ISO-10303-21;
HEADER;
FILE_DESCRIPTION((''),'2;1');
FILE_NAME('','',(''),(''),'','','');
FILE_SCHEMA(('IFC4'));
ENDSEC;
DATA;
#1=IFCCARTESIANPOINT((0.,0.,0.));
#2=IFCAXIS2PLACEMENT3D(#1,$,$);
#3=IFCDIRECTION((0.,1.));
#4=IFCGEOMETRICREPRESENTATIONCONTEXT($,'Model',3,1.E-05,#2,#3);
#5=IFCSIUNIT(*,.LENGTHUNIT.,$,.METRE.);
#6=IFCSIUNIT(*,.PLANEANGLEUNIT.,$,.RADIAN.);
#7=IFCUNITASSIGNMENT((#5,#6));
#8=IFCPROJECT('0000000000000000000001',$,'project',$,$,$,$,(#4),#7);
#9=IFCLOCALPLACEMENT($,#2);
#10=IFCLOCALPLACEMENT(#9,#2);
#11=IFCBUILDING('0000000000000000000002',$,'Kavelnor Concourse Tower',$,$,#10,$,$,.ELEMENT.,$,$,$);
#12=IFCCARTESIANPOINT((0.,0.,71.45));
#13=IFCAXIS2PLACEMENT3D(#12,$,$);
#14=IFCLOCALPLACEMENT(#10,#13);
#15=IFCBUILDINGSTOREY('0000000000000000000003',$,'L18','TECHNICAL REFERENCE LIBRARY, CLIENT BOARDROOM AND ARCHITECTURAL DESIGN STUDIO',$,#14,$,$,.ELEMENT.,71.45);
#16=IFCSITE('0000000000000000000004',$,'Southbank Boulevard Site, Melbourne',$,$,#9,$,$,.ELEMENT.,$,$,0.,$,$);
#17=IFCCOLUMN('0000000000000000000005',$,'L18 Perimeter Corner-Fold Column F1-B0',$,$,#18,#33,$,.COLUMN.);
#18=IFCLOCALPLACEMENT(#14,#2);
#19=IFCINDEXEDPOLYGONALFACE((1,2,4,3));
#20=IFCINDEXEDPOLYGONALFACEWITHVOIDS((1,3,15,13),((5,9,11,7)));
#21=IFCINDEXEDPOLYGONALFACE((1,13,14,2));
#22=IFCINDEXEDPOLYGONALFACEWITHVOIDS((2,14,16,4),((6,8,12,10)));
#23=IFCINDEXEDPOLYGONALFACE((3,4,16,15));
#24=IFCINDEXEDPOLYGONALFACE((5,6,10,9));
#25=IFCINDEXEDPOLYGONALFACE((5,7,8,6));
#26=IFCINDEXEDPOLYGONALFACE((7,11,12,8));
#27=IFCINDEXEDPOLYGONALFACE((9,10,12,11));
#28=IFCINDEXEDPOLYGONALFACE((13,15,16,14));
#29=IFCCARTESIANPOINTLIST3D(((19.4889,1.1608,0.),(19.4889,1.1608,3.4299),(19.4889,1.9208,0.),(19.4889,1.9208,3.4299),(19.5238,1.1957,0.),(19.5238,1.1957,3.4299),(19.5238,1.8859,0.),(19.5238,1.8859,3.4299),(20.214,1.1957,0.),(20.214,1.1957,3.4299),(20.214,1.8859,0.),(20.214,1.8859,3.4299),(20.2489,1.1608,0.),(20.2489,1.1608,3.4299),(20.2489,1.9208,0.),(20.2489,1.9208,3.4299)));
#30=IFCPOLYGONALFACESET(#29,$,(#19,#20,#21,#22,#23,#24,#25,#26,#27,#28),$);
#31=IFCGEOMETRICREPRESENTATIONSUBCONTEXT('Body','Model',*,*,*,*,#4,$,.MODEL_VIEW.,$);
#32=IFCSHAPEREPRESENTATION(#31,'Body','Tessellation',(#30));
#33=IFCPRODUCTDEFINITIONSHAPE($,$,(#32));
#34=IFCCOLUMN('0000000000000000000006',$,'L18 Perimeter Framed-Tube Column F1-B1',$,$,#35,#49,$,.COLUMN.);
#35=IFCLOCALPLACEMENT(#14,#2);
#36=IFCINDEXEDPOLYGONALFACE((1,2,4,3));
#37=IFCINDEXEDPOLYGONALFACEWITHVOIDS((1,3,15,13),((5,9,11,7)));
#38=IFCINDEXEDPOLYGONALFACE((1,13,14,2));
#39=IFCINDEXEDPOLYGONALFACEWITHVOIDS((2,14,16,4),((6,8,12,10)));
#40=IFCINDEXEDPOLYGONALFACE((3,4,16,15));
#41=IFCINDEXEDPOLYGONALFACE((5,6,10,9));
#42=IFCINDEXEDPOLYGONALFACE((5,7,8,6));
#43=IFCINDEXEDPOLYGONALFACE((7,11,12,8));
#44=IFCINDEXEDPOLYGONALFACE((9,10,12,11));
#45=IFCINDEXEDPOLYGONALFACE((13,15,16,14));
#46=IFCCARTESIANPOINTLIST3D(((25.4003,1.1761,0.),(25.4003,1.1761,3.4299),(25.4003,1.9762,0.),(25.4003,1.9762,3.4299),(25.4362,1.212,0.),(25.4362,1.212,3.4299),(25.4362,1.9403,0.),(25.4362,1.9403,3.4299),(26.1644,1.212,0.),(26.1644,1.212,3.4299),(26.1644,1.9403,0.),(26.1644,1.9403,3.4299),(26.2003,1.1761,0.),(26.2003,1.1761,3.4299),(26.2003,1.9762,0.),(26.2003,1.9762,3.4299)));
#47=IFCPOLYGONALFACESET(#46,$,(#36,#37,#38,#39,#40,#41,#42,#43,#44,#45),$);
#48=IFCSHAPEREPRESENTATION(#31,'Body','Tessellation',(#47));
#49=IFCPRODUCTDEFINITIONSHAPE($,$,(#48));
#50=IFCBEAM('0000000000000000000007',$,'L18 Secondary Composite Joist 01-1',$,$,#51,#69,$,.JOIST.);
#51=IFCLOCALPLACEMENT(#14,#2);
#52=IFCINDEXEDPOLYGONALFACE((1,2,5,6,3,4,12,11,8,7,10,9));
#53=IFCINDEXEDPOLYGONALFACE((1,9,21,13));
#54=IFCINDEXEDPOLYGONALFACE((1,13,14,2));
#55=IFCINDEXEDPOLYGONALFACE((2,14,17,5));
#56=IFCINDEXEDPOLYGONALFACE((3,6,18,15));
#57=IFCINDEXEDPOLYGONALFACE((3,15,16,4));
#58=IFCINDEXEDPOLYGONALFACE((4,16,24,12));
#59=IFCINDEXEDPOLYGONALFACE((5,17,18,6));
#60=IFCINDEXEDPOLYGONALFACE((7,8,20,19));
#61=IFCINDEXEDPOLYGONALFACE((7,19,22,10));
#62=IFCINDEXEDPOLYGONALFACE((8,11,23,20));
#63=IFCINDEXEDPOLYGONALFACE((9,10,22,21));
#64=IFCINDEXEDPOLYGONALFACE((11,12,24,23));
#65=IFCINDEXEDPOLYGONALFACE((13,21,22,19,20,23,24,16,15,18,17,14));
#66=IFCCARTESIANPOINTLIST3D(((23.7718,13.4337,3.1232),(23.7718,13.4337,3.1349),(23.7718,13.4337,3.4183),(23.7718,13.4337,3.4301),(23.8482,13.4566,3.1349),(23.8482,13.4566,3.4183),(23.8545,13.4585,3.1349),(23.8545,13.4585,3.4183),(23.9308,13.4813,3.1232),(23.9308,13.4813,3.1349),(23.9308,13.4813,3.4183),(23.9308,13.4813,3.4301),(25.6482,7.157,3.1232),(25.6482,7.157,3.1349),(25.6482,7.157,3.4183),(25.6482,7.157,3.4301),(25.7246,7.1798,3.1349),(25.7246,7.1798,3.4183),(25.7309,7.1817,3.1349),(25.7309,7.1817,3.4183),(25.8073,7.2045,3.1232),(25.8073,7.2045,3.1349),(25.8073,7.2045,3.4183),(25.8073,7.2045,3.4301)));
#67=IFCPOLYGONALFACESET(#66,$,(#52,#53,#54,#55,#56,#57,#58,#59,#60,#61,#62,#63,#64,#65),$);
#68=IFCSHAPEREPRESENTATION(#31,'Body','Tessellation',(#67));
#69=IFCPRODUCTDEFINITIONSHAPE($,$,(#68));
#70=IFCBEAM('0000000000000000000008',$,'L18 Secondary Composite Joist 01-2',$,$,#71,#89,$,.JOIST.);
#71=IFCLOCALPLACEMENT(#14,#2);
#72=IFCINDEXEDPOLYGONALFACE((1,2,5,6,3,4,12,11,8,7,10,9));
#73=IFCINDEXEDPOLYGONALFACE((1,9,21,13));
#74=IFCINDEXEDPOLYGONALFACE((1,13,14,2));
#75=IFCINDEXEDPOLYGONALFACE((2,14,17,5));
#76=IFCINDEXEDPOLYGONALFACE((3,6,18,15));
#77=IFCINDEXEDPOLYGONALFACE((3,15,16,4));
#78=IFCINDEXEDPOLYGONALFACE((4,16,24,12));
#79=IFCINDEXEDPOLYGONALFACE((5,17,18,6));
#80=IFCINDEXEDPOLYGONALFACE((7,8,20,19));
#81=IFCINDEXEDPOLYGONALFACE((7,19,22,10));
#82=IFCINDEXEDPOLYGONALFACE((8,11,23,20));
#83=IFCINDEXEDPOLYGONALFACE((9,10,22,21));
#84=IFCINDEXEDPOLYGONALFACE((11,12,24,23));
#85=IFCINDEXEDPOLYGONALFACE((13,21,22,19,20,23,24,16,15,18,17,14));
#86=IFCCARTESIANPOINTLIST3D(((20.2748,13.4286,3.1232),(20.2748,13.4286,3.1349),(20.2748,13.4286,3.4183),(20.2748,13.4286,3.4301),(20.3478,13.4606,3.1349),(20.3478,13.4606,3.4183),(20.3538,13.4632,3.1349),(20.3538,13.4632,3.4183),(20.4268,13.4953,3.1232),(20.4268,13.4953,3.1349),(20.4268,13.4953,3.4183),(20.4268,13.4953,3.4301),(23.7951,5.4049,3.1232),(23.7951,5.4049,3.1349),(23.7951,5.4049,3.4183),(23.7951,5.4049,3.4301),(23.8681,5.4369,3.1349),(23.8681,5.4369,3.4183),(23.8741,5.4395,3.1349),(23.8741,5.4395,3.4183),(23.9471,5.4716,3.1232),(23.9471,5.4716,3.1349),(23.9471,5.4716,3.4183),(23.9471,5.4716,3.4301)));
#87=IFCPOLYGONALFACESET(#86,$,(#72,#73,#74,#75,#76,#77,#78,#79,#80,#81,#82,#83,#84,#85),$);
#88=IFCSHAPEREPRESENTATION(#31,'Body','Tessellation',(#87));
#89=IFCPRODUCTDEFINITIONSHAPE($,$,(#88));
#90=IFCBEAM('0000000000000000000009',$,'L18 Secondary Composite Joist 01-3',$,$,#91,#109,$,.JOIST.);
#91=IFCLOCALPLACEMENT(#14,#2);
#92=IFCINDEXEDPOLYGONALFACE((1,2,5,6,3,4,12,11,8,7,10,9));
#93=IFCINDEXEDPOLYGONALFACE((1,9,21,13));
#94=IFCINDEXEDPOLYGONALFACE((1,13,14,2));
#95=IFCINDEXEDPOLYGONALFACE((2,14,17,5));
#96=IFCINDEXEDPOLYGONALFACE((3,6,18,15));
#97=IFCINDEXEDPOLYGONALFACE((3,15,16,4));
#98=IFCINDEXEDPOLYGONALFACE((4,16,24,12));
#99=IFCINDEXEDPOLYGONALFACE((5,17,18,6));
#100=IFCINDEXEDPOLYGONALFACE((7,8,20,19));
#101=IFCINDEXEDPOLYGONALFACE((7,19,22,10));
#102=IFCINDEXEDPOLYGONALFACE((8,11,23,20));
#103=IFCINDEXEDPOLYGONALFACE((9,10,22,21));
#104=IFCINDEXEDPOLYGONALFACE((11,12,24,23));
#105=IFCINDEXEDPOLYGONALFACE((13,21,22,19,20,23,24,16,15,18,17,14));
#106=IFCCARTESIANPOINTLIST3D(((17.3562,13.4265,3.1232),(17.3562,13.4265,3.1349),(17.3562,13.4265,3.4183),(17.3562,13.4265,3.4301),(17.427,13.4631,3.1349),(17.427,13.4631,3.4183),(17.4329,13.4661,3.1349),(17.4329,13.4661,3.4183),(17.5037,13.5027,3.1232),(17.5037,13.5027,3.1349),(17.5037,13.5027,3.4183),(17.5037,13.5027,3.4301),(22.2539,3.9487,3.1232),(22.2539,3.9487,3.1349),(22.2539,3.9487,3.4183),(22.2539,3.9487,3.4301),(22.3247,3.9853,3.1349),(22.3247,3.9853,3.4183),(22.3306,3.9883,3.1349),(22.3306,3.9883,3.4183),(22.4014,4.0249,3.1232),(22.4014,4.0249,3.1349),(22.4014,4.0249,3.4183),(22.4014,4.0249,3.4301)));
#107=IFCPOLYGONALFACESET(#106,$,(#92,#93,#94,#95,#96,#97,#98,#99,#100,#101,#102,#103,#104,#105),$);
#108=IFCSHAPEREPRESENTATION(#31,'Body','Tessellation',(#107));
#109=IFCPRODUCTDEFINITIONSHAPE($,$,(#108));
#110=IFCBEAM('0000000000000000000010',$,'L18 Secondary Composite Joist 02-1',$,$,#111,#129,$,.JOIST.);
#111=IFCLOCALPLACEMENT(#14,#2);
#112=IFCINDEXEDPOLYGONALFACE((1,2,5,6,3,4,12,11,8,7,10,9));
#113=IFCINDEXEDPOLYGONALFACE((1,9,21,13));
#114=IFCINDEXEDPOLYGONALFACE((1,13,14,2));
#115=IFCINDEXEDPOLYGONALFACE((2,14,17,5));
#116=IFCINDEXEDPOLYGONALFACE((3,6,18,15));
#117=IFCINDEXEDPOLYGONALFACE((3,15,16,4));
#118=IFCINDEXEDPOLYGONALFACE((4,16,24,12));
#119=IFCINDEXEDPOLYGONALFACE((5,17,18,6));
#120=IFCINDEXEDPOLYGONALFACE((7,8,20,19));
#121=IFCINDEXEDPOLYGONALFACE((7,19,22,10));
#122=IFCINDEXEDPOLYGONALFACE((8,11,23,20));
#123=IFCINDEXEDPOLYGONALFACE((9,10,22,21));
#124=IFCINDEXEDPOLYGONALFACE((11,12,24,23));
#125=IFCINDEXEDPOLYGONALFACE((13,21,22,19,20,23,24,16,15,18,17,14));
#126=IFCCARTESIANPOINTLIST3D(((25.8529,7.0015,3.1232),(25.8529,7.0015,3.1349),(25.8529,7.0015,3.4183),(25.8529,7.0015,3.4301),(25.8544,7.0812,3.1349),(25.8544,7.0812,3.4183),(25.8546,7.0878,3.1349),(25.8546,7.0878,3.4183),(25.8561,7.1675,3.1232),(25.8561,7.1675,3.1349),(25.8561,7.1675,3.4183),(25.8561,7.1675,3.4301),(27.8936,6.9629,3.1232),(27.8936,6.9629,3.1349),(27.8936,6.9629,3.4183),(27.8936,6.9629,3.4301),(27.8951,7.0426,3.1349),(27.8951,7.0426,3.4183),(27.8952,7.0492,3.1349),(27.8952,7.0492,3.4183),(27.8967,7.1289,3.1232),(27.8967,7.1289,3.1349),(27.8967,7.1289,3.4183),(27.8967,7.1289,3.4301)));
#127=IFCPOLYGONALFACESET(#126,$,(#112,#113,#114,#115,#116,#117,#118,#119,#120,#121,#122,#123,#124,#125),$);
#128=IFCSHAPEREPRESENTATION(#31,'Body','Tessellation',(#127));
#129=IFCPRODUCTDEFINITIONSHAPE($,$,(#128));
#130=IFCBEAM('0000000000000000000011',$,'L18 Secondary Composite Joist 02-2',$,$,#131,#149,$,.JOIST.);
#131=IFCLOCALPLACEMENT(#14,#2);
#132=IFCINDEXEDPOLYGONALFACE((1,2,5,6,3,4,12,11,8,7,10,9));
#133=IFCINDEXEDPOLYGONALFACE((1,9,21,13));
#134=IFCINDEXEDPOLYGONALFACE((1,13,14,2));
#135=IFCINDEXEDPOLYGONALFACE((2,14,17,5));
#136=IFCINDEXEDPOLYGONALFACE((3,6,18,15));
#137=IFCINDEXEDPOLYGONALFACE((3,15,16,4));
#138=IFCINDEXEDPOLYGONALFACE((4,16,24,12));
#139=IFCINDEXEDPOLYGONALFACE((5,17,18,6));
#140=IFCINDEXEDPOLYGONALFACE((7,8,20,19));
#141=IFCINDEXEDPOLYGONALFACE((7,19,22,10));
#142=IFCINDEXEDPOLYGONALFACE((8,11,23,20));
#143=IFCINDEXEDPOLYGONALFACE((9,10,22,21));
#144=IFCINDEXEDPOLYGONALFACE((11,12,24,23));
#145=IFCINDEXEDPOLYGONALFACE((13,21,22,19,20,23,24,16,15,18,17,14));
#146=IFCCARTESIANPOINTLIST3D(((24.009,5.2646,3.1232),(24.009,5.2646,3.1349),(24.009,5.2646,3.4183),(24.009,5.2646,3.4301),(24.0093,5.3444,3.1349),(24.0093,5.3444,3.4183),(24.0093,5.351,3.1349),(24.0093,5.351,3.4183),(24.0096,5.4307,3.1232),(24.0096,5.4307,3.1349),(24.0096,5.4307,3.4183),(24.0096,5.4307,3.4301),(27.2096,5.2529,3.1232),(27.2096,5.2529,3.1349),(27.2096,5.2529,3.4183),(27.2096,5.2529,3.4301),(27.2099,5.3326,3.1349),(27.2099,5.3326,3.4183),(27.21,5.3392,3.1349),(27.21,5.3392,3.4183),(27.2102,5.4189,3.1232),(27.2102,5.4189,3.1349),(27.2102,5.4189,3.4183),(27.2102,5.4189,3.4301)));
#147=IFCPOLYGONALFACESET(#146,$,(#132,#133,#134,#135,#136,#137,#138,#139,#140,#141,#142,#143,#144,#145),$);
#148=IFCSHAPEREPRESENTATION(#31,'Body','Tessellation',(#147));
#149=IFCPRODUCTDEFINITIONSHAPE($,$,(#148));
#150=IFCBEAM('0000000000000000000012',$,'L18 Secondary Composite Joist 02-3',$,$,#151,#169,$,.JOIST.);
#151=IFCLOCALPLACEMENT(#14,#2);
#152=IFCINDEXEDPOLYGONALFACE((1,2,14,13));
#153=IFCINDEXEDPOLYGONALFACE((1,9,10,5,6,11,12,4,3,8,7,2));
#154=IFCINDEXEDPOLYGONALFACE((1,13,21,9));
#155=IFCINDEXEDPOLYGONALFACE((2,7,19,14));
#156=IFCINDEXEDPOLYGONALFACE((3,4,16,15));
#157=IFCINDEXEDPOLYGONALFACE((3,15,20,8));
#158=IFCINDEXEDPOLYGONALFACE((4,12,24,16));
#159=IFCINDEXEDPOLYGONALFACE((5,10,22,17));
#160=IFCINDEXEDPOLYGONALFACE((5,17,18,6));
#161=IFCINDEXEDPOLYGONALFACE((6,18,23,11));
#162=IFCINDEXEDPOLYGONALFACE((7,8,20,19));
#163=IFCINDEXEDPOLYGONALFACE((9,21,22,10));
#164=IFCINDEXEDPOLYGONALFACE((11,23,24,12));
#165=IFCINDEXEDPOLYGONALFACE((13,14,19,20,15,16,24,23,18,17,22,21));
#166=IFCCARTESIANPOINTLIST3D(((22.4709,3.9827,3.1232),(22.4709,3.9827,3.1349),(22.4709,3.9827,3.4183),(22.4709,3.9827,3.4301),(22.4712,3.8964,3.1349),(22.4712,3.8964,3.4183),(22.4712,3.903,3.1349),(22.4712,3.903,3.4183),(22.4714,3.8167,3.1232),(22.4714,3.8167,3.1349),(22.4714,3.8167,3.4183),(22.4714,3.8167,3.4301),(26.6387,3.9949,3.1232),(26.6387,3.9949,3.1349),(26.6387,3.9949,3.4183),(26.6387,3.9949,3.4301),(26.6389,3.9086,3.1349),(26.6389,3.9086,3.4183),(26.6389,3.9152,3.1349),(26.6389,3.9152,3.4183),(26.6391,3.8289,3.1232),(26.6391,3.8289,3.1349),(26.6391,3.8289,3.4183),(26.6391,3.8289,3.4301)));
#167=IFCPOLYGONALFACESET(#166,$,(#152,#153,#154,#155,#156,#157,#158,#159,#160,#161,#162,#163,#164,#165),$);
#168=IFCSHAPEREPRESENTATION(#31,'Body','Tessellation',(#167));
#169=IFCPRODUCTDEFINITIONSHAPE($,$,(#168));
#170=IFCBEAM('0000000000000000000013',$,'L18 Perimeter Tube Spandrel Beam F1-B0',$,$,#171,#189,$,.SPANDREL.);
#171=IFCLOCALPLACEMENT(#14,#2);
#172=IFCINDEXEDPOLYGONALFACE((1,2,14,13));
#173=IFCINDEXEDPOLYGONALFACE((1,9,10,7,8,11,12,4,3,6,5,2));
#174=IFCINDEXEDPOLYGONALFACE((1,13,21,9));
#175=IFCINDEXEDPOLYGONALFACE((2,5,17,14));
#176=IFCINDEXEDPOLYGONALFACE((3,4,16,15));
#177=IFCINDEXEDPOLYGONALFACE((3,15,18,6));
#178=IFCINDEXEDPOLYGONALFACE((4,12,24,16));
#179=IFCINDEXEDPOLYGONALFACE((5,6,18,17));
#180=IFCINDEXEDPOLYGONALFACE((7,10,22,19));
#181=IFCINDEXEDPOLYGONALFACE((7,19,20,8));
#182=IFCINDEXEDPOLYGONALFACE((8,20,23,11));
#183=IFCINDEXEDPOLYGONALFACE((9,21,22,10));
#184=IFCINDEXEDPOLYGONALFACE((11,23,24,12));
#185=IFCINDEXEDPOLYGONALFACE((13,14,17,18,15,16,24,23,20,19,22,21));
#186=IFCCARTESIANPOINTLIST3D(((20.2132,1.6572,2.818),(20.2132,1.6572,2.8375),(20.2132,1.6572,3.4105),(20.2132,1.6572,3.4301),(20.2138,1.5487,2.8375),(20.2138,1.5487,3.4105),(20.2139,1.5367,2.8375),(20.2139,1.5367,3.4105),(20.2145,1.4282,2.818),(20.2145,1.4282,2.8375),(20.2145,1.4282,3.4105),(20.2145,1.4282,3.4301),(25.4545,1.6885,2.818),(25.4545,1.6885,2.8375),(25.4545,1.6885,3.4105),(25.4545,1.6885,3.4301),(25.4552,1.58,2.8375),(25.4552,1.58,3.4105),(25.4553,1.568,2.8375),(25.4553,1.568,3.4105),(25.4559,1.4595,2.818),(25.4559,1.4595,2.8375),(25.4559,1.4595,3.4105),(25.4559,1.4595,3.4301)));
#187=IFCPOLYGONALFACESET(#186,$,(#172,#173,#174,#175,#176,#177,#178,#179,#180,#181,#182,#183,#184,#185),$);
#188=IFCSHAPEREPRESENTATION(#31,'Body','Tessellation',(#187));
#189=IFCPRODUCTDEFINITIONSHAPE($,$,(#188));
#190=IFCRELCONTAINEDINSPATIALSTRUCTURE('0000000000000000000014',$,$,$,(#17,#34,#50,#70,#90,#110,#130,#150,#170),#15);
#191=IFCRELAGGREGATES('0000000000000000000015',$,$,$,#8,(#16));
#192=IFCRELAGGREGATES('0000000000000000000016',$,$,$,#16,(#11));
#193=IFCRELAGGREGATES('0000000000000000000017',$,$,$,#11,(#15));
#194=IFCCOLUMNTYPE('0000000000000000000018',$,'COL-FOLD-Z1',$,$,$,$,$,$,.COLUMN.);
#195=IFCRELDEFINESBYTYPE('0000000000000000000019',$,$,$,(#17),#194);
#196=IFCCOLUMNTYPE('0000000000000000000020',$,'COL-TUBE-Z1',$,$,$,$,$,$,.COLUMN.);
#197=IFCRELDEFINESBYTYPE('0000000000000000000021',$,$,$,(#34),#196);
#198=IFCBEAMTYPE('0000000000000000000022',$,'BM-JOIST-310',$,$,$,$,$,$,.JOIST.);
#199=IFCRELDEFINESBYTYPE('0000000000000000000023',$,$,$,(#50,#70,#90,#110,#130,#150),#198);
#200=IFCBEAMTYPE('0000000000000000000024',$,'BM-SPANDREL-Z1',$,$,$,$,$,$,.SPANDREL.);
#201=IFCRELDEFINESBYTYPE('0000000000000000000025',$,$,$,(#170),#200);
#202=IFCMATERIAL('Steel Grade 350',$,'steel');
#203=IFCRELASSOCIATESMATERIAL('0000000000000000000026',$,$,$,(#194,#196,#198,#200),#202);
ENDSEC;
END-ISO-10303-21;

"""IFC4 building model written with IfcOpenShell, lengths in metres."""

from ifc_helpers import new_model, si_unit, direction, frame, origin, origin_2d, place, context, subcontext, project, spatial, hollow_rectangle, i_section, extrude, material, material_profile, profile_set, type_object, element, save


model = new_model("IFC4")

# Units and contexts
model_context = context("Model", 3, precision=1e-05, world=origin(), true_north=direction((0.0, 1.0)))
body_context = subcontext(model_context, "Body", "Model", "MODEL_VIEW")
ifc_project = project(units=[si_unit("LENGTHUNIT", "METRE"), si_unit("PLANEANGLEUNIT", "RADIAN")], contexts=[model_context])

# Site, building, storey
site_placement = place(None, origin())
site = spatial("IfcSite", under=ifc_project, at=site_placement, Name="Southbank Boulevard Site, Melbourne", CompositionType="ELEMENT", RefElevation=0.0)
building_placement = place(site_placement, origin())
building = spatial("IfcBuilding", under=site, at=building_placement, Name="Kavelnor Concourse Tower", CompositionType="ELEMENT")
storey_placement = place(building_placement, frame((0.0, 0.0, 71.45)))
storey = spatial("IfcBuildingStorey", under=building, at=storey_placement, Name="L18", Description="TECHNICAL REFERENCE LIBRARY, CLIENT BOARDROOM AND ARCHITECTURAL DESIGN STUDIO", CompositionType="ELEMENT", Elevation=71.45)

# Columns
ifc_material_1 = material(Name="Steel Grade 350", Category="steel")
ifc_material_profile_1 = material_profile(ifc_material_1, hollow_rectangle(XDim=0.76, YDim=0.76, WallThickness=0.0349, at=origin_2d()), Name="SHS 760x760x35")
ifc_profile_set_1 = profile_set([ifc_material_profile_1], Name="Steel Grade 350")
column_type_1 = type_object("IfcColumnType", Name="COL-FOLD-Z1", PredefinedType="COLUMN", material=ifc_profile_set_1)
column_1_placement = place(storey_placement, frame((19.8689, 1.5408, 0.0), z_axis=(0.0, 0.0, 1.0), x_axis=(1.0, 0.0, 0.0)))
element("IfcColumn", 1, at=column_1_placement, inside=storey, type_object=column_type_1, Name="L18 Perimeter Corner-Fold Column F1-B0", PredefinedType="COLUMN", context=body_context, shape_type="SweptSolid", body=[
    extrude(hollow_rectangle(XDim=0.76, YDim=0.76, WallThickness=0.0349, at=origin_2d()), origin(), (0.0, 0.0, 1.0), 3.4299),
])
ifc_material_profile_2 = material_profile(ifc_material_1, hollow_rectangle(XDim=0.8, YDim=0.8, WallThickness=0.0359, at=origin_2d()), Name="SHS 800x800x36")
ifc_profile_set_2 = profile_set([ifc_material_profile_2], Name="Steel Grade 350")
column_type_2 = type_object("IfcColumnType", Name="COL-TUBE-Z1", PredefinedType="COLUMN", material=ifc_profile_set_2)
column_2_placement = place(storey_placement, frame((25.8003, 1.5762, 0.0), z_axis=(0.0, 0.0, 1.0), x_axis=(1.0, 0.0, 0.0)))
element("IfcColumn", 2, at=column_2_placement, inside=storey, type_object=column_type_2, Name="L18 Perimeter Framed-Tube Column F1-B1", PredefinedType="COLUMN", context=body_context, shape_type="SweptSolid", body=[
    extrude(hollow_rectangle(XDim=0.8, YDim=0.8, WallThickness=0.0359, at=origin_2d()), origin(), (0.0, 0.0, 1.0), 3.4299),
])

# Beams
ifc_material_profile_3 = material_profile(ifc_material_1, i_section(OverallWidth=0.166, OverallDepth=0.3069, WebThickness=0.0066, FlangeThickness=0.0117, at=origin_2d()), Name="310UB46")
ifc_profile_set_3 = profile_set([ifc_material_profile_3], Name="Steel Grade 350")
beam_type_1 = type_object("IfcBeamType", Name="BM-JOIST-310", PredefinedType="JOIST", material=ifc_profile_set_3)
beam_1_placement = place(storey_placement, frame((23.8513, 13.4575, 3.2766), z_axis=(0.286425, -0.958103, 0.0), x_axis=(0.958103, 0.286425, 0.0)))
element("IfcBeam", 3, at=beam_1_placement, inside=storey, type_object=beam_type_1, Name="L18 Secondary Composite Joist 01-1", PredefinedType="JOIST", context=body_context, shape_type="SweptSolid", body=[
    extrude(i_section(OverallWidth=0.166, OverallDepth=0.3069, WebThickness=0.0066, FlangeThickness=0.0117, at=origin_2d()), origin(), (0.0, 0.0, 1.0), 6.5513),
])
beam_2_placement = place(storey_placement, frame((20.3508, 13.4619, 3.2766), z_axis=(0.401767, -0.915742, 0.0), x_axis=(0.915742, 0.401767, 0.0)))
element("IfcBeam", 4, at=beam_2_placement, inside=storey, type_object=beam_type_1, Name="L18 Secondary Composite Joist 01-2", PredefinedType="JOIST", context=body_context, shape_type="SweptSolid", body=[
    extrude(i_section(OverallWidth=0.166, OverallDepth=0.3069, WebThickness=0.0066, FlangeThickness=0.0117, at=origin_2d()), origin(), (0.0, 0.0, 1.0), 8.762),
])
beam_3_placement = place(storey_placement, frame((17.4299, 13.4646, 3.2766), z_axis=(0.459083, -0.888393, 0.0), x_axis=(0.888393, 0.459083, 0.0)))
element("IfcBeam", 5, at=beam_3_placement, inside=storey, type_object=beam_type_1, Name="L18 Secondary Composite Joist 01-3", PredefinedType="JOIST", context=body_context, shape_type="SweptSolid", body=[
    extrude(i_section(OverallWidth=0.166, OverallDepth=0.3069, WebThickness=0.0066, FlangeThickness=0.0117, at=origin_2d()), origin(), (0.0, 0.0, 1.0), 10.6685),
])
beam_4_placement = place(storey_placement, frame((25.8545, 7.0845, 3.2766), z_axis=(0.999821, -0.018898, 0.0), x_axis=(0.018898, 0.999821, 0.0)))
element("IfcBeam", 6, at=beam_4_placement, inside=storey, type_object=beam_type_1, Name="L18 Secondary Composite Joist 02-1", PredefinedType="JOIST", context=body_context, shape_type="SweptSolid", body=[
    extrude(i_section(OverallWidth=0.166, OverallDepth=0.3069, WebThickness=0.0066, FlangeThickness=0.0117, at=origin_2d()), origin(), (0.0, 0.0, 1.0), 2.041),
])
beam_5_placement = place(storey_placement, frame((24.0093, 5.3477, 3.2766), z_axis=(0.999993, -0.003661, 0.0), x_axis=(0.003661, 0.999993, 0.0)))
element("IfcBeam", 7, at=beam_5_placement, inside=storey, type_object=beam_type_1, Name="L18 Secondary Composite Joist 02-2", PredefinedType="JOIST", context=body_context, shape_type="SweptSolid", body=[
    extrude(i_section(OverallWidth=0.166, OverallDepth=0.3069, WebThickness=0.0066, FlangeThickness=0.0117, at=origin_2d()), origin(), (0.0, 0.0, 1.0), 3.2007),
])
beam_6_placement = place(storey_placement, frame((22.4712, 3.8997, 3.2766), z_axis=(0.999996, 0.002929, 0.0), x_axis=(-0.002929, 0.999996, 0.0)))
element("IfcBeam", 8, at=beam_6_placement, inside=storey, type_object=beam_type_1, Name="L18 Secondary Composite Joist 02-3", PredefinedType="JOIST", context=body_context, shape_type="SweptSolid", body=[
    extrude(i_section(OverallWidth=0.166, OverallDepth=0.3069, WebThickness=0.0066, FlangeThickness=0.0117, at=origin_2d()), origin(), (0.0, 0.0, 1.0), 4.1677),
])
ifc_material_profile_4 = material_profile(ifc_material_1, i_section(OverallWidth=0.229, OverallDepth=0.6121, WebThickness=0.012, FlangeThickness=0.0195, at=origin_2d()), Name="610UB125")
ifc_profile_set_4 = profile_set([ifc_material_profile_4], Name="Steel Grade 350")
beam_type_2 = type_object("IfcBeamType", Name="BM-SPANDREL-Z1", PredefinedType="SPANDREL", material=ifc_profile_set_4)
beam_7_placement = place(storey_placement, frame((20.2139, 1.5427, 3.124), z_axis=(0.999982, 0.005962, 0.0), x_axis=(-0.005962, 0.999982, 0.0)))
element("IfcBeam", 9, at=beam_7_placement, inside=storey, type_object=beam_type_2, Name="L18 Perimeter Tube Spandrel Beam F1-B0", PredefinedType="SPANDREL", context=body_context, shape_type="SweptSolid", body=[
    extrude(i_section(OverallWidth=0.229, OverallDepth=0.6121, WebThickness=0.012, FlangeThickness=0.0195, at=origin_2d()), origin(), (0.0, 0.0, 1.0), 5.2415),
])

save(model, "model.ifc")
